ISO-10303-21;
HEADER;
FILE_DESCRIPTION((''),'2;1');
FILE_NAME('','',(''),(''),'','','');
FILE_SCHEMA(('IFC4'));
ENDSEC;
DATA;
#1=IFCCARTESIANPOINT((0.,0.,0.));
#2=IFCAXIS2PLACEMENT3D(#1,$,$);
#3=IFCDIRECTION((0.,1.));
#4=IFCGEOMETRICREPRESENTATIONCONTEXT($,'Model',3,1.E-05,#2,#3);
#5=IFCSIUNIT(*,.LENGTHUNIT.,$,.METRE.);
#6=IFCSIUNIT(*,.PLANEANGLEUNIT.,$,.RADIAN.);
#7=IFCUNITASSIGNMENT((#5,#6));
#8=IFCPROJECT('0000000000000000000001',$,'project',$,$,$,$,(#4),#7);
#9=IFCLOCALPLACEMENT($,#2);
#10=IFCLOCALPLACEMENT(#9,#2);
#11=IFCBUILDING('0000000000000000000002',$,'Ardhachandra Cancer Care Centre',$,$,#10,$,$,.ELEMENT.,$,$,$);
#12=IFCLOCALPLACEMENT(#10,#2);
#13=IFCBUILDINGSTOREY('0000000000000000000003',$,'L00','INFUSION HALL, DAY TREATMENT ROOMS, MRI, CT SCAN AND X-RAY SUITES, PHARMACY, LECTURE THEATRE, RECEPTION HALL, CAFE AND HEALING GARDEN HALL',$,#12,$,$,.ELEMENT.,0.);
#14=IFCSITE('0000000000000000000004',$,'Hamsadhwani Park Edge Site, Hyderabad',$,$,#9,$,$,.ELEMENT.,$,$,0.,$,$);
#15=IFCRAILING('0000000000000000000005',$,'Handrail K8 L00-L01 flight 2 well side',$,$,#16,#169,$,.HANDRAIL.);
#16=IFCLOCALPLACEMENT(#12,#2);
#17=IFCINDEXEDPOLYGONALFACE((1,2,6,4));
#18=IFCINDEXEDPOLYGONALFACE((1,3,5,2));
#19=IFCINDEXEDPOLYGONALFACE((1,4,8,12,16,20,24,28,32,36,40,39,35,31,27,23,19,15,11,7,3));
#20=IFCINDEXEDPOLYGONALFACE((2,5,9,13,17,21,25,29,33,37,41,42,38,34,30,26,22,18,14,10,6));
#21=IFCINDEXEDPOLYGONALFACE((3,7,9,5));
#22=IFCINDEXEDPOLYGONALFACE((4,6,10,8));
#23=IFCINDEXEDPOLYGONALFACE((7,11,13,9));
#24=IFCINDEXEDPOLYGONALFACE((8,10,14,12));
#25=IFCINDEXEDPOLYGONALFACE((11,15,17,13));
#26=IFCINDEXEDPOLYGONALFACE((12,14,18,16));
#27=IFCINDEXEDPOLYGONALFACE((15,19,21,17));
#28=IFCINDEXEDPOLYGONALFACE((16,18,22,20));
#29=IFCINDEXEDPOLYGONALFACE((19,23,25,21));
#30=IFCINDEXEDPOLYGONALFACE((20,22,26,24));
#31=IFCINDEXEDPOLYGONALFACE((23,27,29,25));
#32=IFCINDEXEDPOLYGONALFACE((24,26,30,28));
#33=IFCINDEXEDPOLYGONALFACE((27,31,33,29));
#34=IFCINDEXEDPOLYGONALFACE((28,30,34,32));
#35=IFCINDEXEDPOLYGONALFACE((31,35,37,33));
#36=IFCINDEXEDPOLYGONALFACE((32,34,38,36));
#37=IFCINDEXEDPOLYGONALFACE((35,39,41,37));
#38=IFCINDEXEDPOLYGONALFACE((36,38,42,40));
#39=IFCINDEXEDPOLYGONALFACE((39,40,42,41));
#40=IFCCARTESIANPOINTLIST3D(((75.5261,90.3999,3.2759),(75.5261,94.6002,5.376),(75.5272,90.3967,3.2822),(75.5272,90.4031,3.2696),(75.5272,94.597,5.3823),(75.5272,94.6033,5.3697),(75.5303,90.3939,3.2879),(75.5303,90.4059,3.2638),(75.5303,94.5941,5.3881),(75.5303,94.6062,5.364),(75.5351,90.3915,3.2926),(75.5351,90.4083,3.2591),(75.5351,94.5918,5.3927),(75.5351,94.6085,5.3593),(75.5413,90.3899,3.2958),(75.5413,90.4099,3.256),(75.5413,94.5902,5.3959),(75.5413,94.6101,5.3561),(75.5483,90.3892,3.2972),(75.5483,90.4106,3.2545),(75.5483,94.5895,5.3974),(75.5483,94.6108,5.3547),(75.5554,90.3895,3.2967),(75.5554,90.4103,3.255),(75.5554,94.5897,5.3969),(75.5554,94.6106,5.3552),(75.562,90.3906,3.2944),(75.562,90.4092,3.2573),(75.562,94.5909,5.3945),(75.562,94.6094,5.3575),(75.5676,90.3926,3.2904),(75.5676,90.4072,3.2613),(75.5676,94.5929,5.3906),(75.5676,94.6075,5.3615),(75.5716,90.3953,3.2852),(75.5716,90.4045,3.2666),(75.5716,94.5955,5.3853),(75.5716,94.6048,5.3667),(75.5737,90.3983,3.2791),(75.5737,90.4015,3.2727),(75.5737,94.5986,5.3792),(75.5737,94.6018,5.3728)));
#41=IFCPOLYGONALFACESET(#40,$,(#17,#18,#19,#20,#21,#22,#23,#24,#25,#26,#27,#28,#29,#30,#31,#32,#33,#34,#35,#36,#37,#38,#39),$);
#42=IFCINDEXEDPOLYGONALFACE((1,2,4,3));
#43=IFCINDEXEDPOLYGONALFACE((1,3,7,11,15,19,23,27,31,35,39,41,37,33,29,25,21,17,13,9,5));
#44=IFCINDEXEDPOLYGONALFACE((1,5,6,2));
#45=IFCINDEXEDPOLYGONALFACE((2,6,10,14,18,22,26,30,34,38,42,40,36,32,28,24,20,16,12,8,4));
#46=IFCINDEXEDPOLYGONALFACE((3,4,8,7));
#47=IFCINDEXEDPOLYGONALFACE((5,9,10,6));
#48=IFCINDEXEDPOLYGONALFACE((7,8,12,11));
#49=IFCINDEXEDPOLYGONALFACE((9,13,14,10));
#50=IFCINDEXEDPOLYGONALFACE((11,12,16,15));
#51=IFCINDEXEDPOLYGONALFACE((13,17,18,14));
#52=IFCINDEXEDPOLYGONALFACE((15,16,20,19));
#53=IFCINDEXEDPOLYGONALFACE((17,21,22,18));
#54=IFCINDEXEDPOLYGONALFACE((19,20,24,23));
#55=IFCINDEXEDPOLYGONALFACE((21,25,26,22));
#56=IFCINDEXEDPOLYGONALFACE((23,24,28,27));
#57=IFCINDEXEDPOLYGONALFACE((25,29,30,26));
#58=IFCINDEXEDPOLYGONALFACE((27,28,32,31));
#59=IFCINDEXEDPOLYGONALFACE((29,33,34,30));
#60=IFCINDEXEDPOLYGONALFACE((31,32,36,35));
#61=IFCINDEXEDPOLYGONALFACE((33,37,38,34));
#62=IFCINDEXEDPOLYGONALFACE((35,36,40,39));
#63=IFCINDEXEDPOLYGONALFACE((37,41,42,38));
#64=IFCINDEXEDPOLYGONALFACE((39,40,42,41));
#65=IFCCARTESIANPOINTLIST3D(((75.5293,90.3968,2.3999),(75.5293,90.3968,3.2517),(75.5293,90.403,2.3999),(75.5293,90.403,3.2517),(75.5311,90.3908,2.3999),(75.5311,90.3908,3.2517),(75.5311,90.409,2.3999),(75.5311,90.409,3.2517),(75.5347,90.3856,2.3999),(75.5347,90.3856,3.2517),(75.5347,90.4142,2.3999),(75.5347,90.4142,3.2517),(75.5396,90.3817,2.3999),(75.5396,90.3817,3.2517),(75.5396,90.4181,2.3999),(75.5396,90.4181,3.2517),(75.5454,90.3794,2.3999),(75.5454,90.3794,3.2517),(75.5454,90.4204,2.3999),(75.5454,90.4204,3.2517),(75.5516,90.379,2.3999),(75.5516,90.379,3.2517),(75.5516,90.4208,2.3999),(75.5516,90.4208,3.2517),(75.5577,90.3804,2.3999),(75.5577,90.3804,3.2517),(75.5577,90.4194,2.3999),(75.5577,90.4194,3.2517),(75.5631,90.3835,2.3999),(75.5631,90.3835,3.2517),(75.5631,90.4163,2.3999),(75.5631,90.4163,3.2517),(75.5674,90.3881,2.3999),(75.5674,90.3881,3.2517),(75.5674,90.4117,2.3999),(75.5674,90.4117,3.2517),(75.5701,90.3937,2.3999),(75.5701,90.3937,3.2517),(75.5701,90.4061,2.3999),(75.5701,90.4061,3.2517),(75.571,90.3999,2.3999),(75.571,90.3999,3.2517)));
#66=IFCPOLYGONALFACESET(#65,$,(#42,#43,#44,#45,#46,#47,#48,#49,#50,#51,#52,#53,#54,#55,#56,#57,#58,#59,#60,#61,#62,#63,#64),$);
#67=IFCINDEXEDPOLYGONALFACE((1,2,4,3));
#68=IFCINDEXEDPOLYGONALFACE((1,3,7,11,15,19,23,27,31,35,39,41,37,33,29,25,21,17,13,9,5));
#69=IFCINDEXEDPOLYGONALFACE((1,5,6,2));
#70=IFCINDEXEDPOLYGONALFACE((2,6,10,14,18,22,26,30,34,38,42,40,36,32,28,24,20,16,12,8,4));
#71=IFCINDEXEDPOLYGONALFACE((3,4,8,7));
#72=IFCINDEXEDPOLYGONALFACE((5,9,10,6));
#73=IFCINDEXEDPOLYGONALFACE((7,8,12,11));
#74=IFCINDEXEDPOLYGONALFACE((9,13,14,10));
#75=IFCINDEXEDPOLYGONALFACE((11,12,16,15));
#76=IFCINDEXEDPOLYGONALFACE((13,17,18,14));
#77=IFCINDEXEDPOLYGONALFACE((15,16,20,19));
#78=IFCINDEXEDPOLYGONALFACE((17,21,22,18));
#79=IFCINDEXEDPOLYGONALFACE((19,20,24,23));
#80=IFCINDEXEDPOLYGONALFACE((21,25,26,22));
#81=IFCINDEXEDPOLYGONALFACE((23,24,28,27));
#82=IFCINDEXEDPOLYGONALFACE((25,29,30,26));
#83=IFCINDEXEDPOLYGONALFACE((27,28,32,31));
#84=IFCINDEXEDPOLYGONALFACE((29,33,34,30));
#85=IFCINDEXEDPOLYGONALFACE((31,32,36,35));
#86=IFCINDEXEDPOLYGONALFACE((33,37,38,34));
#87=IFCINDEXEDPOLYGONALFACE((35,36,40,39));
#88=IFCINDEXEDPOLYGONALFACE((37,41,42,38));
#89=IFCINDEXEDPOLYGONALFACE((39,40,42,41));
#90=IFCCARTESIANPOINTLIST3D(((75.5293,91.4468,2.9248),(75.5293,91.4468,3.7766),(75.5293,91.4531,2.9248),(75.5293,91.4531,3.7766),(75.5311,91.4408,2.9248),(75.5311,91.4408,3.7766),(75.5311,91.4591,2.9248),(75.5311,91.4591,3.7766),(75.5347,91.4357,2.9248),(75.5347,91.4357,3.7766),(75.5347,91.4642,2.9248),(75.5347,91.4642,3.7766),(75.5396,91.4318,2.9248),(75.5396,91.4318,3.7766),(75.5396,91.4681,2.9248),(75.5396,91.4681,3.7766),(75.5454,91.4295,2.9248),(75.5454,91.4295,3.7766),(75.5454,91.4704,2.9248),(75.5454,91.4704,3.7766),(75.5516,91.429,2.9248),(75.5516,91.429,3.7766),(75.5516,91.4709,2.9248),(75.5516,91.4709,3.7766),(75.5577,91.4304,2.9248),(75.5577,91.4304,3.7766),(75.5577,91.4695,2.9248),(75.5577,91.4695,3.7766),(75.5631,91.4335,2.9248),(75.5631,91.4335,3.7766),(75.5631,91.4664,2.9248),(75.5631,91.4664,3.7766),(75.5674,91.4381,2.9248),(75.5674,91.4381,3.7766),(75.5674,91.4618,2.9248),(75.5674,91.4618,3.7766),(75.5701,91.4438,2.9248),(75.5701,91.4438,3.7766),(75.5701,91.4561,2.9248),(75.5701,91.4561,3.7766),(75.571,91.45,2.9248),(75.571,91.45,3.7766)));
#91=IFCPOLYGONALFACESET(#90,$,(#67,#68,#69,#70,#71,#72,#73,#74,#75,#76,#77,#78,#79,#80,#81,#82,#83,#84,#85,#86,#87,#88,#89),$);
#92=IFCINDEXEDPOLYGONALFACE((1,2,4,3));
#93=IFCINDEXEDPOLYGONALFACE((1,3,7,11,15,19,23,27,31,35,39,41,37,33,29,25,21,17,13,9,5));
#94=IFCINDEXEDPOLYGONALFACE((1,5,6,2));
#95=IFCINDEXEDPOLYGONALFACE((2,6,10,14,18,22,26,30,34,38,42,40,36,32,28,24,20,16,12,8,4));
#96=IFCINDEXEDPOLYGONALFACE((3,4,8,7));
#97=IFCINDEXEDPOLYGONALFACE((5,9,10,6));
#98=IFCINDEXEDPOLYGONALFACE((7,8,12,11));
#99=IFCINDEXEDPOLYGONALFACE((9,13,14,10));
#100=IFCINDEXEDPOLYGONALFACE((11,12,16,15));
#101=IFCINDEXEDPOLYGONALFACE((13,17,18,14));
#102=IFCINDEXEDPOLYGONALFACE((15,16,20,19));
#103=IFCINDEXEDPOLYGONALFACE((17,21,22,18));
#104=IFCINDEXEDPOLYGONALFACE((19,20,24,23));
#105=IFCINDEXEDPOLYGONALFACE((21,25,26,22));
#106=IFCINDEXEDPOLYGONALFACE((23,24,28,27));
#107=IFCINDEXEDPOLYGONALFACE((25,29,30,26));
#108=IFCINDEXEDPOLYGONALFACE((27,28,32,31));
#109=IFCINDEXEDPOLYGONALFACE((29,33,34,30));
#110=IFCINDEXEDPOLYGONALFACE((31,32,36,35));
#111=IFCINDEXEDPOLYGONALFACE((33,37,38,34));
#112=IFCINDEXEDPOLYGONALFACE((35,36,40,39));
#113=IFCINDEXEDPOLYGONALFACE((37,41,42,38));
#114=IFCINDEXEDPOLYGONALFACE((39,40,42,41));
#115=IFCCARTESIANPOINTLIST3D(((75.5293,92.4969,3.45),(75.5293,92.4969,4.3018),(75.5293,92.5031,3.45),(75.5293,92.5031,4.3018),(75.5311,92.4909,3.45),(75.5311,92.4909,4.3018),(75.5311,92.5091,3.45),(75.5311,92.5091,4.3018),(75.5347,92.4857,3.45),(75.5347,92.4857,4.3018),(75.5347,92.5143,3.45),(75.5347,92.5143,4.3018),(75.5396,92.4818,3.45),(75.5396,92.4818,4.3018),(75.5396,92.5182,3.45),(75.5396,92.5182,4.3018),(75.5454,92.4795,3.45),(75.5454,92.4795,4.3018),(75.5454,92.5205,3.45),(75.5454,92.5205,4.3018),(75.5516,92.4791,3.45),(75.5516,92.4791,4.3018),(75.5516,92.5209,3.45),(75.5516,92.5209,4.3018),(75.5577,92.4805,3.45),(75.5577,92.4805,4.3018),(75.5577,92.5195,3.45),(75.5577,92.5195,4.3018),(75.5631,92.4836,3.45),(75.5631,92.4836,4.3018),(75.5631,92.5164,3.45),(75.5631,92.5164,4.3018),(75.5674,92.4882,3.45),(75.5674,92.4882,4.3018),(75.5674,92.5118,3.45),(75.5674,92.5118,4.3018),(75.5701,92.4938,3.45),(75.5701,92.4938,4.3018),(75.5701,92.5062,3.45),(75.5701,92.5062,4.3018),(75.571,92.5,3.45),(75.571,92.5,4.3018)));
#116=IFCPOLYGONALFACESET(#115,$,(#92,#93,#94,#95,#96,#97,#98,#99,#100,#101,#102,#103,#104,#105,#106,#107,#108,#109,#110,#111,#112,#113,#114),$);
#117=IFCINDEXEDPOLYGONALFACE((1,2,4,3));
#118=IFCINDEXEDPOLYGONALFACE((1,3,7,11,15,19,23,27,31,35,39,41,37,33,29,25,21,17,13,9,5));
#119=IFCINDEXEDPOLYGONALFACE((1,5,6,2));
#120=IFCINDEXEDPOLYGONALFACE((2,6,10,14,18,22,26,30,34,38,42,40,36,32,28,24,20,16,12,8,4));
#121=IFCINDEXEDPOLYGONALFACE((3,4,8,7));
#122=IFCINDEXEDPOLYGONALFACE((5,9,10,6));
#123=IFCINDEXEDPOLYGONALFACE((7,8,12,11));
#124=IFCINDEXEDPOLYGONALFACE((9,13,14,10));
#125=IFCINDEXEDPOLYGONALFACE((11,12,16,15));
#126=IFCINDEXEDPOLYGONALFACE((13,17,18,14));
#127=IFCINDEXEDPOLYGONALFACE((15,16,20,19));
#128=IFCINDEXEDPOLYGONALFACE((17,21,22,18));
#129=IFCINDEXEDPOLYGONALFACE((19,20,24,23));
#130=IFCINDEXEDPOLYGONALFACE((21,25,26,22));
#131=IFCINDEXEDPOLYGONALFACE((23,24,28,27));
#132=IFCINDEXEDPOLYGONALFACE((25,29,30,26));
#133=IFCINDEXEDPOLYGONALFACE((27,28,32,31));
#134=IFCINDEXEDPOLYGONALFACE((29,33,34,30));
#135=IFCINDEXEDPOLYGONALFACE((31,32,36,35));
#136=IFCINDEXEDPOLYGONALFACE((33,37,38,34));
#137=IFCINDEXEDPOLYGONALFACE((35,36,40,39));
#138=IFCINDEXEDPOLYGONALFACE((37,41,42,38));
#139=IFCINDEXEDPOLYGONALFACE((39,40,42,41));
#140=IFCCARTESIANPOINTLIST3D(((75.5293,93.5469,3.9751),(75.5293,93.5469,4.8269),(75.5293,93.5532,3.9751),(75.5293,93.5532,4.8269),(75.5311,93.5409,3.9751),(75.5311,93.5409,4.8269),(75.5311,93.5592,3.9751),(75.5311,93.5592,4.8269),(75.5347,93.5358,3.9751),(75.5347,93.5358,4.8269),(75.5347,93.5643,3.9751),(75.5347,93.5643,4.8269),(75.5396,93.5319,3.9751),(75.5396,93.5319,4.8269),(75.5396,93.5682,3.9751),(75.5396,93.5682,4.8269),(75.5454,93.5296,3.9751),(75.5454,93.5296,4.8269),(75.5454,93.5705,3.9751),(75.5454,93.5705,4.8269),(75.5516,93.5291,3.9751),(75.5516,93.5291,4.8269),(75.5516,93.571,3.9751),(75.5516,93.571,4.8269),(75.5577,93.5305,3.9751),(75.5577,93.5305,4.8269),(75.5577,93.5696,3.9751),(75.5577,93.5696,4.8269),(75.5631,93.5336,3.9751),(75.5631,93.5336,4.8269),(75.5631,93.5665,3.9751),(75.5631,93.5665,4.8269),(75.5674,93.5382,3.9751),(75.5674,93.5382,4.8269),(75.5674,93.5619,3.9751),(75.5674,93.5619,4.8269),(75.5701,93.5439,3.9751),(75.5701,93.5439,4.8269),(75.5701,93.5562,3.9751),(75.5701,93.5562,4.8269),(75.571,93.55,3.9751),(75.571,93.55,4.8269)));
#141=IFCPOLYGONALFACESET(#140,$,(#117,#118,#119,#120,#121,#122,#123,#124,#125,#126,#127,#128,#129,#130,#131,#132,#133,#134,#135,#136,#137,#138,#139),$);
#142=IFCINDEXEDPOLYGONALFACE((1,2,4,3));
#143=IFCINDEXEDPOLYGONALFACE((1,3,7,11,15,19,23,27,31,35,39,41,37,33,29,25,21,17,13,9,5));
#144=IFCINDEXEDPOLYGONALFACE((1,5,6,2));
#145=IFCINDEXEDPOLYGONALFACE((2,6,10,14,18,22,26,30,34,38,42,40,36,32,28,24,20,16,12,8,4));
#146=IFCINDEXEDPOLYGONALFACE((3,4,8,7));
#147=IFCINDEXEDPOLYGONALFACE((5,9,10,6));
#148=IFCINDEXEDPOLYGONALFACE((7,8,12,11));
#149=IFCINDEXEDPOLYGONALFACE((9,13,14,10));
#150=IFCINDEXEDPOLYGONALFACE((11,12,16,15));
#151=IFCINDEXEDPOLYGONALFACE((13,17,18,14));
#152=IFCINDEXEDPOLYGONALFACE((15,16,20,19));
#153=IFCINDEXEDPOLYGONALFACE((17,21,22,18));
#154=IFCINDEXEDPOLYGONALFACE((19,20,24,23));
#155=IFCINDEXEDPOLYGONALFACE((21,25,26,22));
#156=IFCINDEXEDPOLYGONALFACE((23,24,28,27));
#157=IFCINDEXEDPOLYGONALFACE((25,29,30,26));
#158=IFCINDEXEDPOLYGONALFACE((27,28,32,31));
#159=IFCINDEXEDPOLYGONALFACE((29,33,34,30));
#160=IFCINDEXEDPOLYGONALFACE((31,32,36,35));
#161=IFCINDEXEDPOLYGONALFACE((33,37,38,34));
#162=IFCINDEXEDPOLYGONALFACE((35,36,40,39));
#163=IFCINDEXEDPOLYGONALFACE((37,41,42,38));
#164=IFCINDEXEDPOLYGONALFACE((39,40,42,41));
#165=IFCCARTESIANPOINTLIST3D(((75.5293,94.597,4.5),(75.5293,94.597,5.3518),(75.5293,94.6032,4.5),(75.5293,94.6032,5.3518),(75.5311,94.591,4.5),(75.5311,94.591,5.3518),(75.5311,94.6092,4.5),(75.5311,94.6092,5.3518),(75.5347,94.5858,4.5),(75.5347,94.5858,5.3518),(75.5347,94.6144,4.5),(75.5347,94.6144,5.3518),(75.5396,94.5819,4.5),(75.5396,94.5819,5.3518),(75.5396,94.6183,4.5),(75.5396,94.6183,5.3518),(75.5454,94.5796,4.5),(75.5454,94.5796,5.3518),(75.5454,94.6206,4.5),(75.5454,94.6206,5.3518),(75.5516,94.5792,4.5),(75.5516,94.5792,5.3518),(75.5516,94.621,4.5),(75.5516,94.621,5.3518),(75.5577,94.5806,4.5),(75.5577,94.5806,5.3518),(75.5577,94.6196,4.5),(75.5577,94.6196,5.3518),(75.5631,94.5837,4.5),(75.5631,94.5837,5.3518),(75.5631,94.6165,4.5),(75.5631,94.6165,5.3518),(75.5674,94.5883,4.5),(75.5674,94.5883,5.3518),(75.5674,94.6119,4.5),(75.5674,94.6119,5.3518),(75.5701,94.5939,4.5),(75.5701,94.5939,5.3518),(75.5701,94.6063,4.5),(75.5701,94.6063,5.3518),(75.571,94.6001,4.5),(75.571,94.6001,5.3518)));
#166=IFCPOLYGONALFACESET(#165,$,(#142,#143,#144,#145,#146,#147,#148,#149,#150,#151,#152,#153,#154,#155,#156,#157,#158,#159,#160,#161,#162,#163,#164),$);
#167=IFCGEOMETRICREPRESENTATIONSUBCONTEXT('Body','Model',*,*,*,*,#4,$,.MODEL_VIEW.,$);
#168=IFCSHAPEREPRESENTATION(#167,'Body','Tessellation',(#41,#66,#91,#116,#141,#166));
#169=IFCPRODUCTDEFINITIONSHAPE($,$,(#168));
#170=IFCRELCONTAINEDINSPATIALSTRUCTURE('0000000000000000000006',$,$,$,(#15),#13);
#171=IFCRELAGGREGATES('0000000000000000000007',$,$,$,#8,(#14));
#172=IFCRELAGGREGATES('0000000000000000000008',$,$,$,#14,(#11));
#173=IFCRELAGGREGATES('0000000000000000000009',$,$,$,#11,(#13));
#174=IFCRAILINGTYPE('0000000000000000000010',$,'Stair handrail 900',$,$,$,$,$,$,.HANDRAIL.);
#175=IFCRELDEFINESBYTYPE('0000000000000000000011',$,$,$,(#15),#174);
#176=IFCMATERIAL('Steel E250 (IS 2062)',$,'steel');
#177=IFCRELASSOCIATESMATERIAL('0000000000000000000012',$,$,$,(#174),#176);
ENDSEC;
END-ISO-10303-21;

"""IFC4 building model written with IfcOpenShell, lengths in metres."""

from ifc_helpers import new_model, si_unit, direction, frame, origin, origin_2d, place, context, subcontext, project, spatial, circle, extrude, material, type_object, element, save


model = new_model("IFC4")

# Units and contexts
model_context = context("Model", 3, precision=1e-05, world=origin(), true_north=direction((0.0, 1.0)))
body_context = subcontext(model_context, "Body", "Model", "MODEL_VIEW")
ifc_project = project(units=[si_unit("LENGTHUNIT", "METRE"), si_unit("PLANEANGLEUNIT", "RADIAN")], contexts=[model_context])

# Site, building, storey
site_placement = place(None, origin())
site = spatial("IfcSite", under=ifc_project, at=site_placement, Name="Hamsadhwani Park Edge Site, Hyderabad", CompositionType="ELEMENT", RefElevation=0.0)
building_placement = place(site_placement, origin())
building = spatial("IfcBuilding", under=site, at=building_placement, Name="Ardhachandra Cancer Care Centre", CompositionType="ELEMENT")
storey_placement = place(building_placement, origin())
storey = spatial("IfcBuildingStorey", under=building, at=storey_placement, Name="L00", Description="INFUSION HALL, DAY TREATMENT ROOMS, MRI, CT SCAN AND X-RAY SUITES, PHARMACY, LECTURE THEATRE, RECEPTION HALL, CAFE AND HEALING GARDEN HALL", CompositionType="ELEMENT", Elevation=0.0)

# Railing
ifc_material_1 = material(Name="Steel E250 (IS 2062)", Category="steel")
railing_type_1 = type_object("IfcRailingType", Name="Stair handrail 900", PredefinedType="HANDRAIL", material=ifc_material_1)
for number, where, name in (
    (1, (75.55, 90.3999, 2.3999), "Handrail K8 L00-L01 flight 2 well side"),
):
    element("IfcRailing", number, at=place(storey_placement, frame(where)), inside=storey, type_object=railing_type_1, Name=name, PredefinedType="HANDRAIL", context=body_context, shape_type="SweptSolid", body=[
        extrude(circle(Radius=0.0239, at=origin_2d()), frame((0.0, 0.0, 0.876), z_axis=(0.0, 0.894427, 0.447214), x_axis=(-1.0, 0.0, 0.0)), (0.0, 0.0, 1.0), 4.696),
        extrude(circle(Radius=0.021, at=origin_2d()), origin(), (0.0, 0.0, 1.0), 0.8518),
        extrude(circle(Radius=0.021, at=origin_2d()), frame((0.0, 1.05, 0.5249)), (0.0, 0.0, 1.0), 0.8518),
        extrude(circle(Radius=0.021, at=origin_2d()), frame((0.0, 2.1001, 1.05)), (0.0, 0.0, 1.0), 0.8518),
        extrude(circle(Radius=0.021, at=origin_2d()), frame((0.0, 3.1501, 1.5752)), (0.0, 0.0, 1.0), 0.8518),
        extrude(circle(Radius=0.021, at=origin_2d()), frame((0.0, 4.2002, 2.1001)), (0.0, 0.0, 1.0), 0.8518),
    ])

save(model, "model.ifc")
